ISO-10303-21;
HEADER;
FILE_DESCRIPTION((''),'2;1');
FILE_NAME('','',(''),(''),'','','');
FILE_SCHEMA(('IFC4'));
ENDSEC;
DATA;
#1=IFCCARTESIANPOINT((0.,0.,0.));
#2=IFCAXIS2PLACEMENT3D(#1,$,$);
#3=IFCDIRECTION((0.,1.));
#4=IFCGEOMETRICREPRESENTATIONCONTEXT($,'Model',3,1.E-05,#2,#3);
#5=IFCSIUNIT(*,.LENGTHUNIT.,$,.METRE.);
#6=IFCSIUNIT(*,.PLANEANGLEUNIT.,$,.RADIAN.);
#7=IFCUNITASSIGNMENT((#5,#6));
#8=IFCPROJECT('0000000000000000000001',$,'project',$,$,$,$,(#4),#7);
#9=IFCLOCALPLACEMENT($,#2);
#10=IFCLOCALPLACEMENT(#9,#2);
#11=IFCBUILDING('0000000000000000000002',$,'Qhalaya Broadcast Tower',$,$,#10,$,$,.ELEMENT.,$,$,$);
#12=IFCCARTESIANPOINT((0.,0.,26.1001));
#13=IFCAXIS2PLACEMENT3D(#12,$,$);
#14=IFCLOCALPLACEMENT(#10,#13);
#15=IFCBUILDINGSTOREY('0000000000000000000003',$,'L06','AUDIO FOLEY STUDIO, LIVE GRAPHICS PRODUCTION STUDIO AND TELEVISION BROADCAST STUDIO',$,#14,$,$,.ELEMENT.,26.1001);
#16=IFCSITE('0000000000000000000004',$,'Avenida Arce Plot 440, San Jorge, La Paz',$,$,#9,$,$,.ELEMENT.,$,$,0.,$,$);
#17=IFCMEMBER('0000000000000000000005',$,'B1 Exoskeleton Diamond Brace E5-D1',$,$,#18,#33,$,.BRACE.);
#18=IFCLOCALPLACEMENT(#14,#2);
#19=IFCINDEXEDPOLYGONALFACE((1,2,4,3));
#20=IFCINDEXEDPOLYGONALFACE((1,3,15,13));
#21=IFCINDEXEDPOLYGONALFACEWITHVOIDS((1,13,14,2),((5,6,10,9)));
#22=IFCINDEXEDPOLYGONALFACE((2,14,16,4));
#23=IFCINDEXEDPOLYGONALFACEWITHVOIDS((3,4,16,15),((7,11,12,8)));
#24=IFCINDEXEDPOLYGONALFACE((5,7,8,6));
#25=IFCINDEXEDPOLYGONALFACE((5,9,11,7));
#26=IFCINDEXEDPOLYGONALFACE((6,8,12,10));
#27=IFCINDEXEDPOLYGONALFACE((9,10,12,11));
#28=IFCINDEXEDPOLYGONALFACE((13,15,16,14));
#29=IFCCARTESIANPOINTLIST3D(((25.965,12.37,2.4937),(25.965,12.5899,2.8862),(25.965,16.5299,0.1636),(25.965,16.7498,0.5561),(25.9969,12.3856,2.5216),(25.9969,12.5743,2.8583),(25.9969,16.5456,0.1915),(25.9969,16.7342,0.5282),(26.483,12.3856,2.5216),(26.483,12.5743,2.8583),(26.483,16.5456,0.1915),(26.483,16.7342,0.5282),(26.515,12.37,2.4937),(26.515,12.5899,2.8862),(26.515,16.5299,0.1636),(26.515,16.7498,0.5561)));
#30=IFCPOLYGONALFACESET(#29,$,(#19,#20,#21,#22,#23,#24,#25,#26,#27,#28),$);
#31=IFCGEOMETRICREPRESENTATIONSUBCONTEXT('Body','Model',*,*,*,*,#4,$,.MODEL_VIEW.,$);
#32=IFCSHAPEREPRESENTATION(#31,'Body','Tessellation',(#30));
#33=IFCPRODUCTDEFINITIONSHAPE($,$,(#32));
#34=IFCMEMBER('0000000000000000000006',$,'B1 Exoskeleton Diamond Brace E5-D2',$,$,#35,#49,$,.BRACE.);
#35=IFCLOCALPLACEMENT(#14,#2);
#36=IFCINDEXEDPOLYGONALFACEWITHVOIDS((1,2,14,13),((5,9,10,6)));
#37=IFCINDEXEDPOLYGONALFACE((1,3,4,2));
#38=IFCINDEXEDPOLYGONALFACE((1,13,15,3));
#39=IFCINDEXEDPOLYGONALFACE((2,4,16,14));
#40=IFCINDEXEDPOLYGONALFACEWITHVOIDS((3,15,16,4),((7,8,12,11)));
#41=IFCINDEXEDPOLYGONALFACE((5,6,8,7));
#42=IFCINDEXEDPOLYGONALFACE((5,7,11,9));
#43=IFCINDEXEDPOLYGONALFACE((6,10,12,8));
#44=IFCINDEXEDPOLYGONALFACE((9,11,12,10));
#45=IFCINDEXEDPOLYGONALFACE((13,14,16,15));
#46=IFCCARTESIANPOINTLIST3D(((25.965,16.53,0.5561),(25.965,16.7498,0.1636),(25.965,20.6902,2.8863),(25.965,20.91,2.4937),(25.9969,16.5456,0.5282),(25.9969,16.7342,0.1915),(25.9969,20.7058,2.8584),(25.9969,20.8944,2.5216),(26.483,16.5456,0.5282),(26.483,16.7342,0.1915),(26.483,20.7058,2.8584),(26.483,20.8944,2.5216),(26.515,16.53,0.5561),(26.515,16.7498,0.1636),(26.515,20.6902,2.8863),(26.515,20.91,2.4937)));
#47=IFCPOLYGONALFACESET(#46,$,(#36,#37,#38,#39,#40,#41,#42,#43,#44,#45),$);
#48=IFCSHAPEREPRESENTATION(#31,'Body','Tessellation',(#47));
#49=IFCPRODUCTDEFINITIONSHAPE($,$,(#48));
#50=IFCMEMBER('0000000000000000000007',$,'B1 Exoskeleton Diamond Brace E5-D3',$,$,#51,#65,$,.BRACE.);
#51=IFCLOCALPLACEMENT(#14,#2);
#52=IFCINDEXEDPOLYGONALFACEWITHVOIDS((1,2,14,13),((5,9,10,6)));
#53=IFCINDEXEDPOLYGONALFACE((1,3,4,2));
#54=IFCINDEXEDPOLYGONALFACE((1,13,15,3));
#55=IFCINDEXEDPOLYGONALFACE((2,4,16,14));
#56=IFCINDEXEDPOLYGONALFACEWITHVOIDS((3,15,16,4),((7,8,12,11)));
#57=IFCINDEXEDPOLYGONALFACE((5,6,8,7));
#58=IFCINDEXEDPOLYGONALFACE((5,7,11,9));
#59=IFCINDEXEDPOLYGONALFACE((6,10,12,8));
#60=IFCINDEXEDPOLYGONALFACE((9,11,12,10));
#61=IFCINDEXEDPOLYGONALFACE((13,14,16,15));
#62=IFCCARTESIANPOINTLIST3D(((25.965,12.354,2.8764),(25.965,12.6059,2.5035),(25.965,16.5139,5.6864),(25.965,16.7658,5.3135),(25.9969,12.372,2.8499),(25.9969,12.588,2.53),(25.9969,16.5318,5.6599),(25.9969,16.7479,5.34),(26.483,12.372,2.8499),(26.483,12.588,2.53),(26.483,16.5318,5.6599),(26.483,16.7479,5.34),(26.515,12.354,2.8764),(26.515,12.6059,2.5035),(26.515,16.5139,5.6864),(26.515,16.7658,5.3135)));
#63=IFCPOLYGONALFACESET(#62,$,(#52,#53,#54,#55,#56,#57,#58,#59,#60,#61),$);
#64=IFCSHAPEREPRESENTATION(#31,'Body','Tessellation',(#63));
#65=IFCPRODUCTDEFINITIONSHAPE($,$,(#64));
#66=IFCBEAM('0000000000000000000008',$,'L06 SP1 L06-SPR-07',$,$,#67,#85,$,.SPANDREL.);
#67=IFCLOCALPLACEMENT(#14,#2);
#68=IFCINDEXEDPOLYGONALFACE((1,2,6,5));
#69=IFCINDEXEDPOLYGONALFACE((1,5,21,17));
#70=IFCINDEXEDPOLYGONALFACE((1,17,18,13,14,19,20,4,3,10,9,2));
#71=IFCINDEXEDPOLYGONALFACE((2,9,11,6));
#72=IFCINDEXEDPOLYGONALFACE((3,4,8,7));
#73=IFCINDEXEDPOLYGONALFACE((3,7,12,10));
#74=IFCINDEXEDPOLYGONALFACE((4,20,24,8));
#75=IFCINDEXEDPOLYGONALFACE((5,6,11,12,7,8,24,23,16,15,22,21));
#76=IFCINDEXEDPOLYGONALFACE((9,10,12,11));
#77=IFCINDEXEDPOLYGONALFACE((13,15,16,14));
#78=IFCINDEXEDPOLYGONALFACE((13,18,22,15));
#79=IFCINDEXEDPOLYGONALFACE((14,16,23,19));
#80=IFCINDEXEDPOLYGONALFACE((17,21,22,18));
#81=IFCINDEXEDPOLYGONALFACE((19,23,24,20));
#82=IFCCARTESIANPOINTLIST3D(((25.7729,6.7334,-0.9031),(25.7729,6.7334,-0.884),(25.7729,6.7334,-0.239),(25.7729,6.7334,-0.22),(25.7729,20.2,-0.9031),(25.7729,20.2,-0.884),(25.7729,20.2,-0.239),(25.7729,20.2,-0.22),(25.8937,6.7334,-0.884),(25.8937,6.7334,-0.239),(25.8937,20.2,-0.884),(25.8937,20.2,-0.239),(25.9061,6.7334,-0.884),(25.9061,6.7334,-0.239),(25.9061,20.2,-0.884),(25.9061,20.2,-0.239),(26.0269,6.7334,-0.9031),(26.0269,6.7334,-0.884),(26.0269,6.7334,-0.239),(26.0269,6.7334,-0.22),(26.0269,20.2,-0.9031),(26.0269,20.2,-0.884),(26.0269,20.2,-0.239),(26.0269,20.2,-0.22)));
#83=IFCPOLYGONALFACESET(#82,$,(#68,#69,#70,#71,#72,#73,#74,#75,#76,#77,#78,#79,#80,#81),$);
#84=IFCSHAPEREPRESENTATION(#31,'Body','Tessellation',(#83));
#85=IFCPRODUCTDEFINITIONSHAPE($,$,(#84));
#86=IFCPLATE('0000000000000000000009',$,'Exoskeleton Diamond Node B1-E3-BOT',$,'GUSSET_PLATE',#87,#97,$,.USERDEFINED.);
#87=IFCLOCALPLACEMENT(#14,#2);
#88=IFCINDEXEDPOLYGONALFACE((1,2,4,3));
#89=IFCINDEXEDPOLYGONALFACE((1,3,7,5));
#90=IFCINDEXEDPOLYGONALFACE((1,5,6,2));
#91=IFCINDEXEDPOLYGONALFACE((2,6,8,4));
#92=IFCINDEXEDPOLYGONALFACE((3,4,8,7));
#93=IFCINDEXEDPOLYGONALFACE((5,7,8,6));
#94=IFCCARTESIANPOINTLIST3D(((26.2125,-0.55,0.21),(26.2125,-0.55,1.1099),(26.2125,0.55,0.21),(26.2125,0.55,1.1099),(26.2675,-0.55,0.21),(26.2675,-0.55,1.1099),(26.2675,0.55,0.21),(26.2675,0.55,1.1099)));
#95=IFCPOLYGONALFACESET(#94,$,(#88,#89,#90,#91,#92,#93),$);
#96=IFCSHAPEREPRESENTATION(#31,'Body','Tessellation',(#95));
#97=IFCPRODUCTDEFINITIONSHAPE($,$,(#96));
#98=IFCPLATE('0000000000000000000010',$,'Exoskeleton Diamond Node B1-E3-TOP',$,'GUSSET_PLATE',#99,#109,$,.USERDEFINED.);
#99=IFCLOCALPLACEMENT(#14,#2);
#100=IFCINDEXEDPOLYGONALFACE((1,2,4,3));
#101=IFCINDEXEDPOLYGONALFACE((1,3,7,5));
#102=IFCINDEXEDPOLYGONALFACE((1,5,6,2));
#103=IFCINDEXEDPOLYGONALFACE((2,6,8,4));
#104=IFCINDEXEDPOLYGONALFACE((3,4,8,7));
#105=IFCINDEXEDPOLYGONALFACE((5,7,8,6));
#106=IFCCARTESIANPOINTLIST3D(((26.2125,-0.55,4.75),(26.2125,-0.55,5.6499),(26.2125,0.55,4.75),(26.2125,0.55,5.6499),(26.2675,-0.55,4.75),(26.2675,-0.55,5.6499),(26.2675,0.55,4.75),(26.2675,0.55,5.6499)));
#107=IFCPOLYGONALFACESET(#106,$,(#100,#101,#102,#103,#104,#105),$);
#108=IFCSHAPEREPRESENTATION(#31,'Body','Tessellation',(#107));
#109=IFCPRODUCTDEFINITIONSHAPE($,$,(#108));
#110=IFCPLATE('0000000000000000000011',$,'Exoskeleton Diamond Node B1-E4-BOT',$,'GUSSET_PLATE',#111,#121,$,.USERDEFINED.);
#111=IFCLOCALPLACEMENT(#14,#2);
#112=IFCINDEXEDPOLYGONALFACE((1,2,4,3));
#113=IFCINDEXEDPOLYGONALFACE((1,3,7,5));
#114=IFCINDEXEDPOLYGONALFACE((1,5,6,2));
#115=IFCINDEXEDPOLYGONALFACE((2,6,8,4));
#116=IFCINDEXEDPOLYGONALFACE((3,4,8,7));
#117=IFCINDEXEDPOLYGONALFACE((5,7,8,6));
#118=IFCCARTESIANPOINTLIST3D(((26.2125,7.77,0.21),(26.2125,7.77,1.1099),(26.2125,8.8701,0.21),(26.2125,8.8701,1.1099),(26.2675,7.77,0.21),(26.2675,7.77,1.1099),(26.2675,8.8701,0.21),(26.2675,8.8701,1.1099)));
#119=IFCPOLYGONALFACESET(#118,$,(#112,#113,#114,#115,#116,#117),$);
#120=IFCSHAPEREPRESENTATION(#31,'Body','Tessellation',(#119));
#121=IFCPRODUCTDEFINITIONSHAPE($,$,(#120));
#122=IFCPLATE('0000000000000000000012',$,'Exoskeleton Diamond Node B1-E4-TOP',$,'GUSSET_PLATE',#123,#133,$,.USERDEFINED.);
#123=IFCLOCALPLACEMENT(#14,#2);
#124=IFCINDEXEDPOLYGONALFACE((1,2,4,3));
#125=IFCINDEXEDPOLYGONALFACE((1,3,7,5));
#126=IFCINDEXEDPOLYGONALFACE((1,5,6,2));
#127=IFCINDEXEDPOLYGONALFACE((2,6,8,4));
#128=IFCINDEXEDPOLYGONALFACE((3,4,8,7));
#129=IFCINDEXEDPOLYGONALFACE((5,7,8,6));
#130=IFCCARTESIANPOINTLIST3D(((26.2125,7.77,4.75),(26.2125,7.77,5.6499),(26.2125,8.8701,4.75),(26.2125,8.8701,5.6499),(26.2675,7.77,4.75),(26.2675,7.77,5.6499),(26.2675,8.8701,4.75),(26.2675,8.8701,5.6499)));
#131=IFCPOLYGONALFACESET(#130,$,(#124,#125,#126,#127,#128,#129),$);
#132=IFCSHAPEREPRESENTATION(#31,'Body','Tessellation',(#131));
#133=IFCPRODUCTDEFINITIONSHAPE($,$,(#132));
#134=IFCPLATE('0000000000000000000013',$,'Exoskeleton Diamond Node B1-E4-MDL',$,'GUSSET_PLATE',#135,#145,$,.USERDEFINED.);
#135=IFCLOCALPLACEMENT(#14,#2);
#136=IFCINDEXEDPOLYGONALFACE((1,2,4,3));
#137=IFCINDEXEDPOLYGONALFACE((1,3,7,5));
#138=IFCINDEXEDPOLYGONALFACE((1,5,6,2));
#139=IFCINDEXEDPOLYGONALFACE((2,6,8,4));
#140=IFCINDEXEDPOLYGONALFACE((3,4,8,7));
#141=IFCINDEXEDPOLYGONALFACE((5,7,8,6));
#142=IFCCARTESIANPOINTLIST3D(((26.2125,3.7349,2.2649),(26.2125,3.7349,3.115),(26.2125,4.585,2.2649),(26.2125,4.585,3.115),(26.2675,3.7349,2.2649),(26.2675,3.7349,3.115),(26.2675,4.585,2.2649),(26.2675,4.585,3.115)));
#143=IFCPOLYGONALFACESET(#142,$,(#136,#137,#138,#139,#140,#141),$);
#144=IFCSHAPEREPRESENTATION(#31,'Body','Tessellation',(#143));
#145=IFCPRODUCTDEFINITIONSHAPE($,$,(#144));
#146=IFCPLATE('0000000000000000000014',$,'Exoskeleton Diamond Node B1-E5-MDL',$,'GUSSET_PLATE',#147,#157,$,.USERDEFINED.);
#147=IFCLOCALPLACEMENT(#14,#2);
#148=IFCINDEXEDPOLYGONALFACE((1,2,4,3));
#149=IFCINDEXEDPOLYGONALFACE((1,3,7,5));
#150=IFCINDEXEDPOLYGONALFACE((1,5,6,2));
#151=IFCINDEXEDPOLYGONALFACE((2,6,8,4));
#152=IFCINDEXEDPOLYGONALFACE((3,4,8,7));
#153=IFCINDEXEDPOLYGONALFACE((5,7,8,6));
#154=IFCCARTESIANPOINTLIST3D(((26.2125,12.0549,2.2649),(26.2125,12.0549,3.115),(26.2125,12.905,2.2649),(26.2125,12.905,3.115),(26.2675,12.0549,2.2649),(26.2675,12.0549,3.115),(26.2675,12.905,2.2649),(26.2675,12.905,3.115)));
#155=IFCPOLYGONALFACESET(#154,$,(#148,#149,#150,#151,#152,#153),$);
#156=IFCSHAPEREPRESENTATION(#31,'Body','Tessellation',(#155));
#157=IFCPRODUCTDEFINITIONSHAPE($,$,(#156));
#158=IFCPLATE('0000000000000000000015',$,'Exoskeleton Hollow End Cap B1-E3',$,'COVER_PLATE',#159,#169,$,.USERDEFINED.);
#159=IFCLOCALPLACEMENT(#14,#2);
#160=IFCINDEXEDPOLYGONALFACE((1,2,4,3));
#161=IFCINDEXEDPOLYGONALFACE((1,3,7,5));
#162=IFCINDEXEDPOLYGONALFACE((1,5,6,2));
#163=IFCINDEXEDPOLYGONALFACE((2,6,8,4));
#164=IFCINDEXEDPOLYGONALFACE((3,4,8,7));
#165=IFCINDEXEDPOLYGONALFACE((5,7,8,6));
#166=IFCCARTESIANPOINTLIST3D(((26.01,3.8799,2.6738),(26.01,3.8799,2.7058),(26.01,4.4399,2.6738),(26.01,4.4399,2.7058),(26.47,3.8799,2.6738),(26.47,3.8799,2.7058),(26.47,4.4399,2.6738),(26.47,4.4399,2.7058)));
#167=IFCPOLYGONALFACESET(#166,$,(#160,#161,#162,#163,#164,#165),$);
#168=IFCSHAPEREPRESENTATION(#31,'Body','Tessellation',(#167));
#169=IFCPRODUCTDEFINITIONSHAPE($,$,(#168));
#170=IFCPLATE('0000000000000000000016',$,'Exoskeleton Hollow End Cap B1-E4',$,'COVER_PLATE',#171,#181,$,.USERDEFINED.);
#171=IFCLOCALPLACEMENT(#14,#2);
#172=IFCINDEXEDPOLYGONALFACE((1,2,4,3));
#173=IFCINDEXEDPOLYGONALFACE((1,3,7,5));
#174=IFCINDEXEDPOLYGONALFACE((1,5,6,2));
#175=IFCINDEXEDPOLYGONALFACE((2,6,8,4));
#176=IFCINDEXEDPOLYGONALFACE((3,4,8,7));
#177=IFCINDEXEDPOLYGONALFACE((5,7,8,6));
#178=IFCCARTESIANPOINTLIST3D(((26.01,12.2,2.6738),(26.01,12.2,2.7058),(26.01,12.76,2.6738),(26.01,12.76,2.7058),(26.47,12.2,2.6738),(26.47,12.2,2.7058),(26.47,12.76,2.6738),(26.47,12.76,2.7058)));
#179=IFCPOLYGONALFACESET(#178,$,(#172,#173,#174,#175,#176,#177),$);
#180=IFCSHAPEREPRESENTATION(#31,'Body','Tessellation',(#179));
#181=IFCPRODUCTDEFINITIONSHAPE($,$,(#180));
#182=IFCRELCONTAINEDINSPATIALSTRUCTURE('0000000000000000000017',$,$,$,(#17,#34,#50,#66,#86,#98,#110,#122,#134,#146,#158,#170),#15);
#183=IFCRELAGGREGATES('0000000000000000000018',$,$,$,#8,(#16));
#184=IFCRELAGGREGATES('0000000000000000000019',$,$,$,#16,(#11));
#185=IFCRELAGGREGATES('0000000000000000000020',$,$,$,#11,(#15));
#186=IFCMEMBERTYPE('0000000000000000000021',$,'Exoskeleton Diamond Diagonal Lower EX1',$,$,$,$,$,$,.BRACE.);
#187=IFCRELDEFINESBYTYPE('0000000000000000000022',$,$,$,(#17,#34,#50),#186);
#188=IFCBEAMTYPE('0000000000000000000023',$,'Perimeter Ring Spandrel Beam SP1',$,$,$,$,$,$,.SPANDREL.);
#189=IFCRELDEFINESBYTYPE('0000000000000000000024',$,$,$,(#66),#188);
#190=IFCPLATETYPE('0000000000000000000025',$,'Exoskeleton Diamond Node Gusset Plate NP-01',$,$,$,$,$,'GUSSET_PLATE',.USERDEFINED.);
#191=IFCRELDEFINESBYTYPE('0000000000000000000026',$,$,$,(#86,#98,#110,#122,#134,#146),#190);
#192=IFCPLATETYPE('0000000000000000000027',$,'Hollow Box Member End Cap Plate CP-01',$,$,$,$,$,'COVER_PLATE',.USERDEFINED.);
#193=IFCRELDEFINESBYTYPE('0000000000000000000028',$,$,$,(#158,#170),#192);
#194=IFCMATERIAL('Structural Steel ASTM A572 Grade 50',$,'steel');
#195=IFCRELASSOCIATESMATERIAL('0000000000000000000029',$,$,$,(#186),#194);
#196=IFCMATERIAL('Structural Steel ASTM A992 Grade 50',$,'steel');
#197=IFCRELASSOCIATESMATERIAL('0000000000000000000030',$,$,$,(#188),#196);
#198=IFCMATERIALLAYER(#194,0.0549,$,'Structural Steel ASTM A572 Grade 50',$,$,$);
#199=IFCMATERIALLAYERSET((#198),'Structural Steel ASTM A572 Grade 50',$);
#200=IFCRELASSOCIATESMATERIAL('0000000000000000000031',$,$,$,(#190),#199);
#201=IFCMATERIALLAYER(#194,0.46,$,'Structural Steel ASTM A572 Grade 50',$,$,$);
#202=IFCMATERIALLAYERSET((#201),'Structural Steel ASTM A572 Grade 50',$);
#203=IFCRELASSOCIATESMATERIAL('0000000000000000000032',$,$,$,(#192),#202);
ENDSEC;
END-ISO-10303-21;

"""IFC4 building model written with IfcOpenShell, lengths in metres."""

from ifc_helpers import new_model, si_unit, direction, frame, origin, origin_2d, place, context, subcontext, project, spatial, rectangle, hollow_rectangle, i_section, extrude, material, layer, layer_set, material_profile, profile_set, type_object, element, save


model = new_model("IFC4")

# Units and contexts
model_context = context("Model", 3, precision=1e-05, world=origin(), true_north=direction((0.0, 1.0)))
body_context = subcontext(model_context, "Body", "Model", "MODEL_VIEW")
ifc_project = project(units=[si_unit("LENGTHUNIT", "METRE"), si_unit("PLANEANGLEUNIT", "RADIAN")], contexts=[model_context])

# Site, building, storey
site_placement = place(None, origin())
site = spatial("IfcSite", under=ifc_project, at=site_placement, Name="Avenida Arce Plot 440, San Jorge, La Paz", CompositionType="ELEMENT", RefElevation=0.0)
building_placement = place(site_placement, origin())
building = spatial("IfcBuilding", under=site, at=building_placement, Name="Qhalaya Broadcast Tower", CompositionType="ELEMENT")
storey_placement = place(building_placement, frame((0.0, 0.0, 26.1001)))
storey = spatial("IfcBuildingStorey", under=building, at=storey_placement, Name="L06", Description="AUDIO FOLEY STUDIO, LIVE GRAPHICS PRODUCTION STUDIO AND TELEVISION BROADCAST STUDIO", CompositionType="ELEMENT", Elevation=26.1001)

# Shared definitions
ifc_material_1 = material(Name="Structural Steel ASTM A992 Grade 50", Category="steel")
ifc_material_2 = material(Name="Structural Steel ASTM A572 Grade 50", Category="steel")

# Members
ifc_material_profile_1 = material_profile(ifc_material_2, hollow_rectangle(XDim=0.45, YDim=0.55, WallThickness=0.032, at=origin_2d()), Name="BOX 450x550x32")
ifc_profile_set_1 = profile_set([ifc_material_profile_1], Name="Structural Steel ASTM A572 Grade 50")
member_type = type_object("IfcMemberType", Name="Exoskeleton Diamond Diagonal Lower EX1", PredefinedType="BRACE", material=ifc_profile_set_1)
member_1_placement = place(storey_placement, frame((26.24, 16.6399, 0.3599), z_axis=(0.0, -0.872459, 0.488688), x_axis=(0.0, 0.488688, 0.872459)))
element("IfcMember", 1, at=member_1_placement, inside=storey, type_object=member_type, Name="B1 Exoskeleton Diamond Brace E5-D1", PredefinedType="BRACE", context=body_context, shape_type="SweptSolid", body=[
    extrude(hollow_rectangle(XDim=0.45, YDim=0.55, WallThickness=0.032, at=origin_2d()), origin(), (0.0, 0.0, 1.0), 4.7681),
])
member_2_placement = place(storey_placement, frame((26.24, 16.6399, 0.3599), z_axis=(0.0, 0.872471, 0.488666), x_axis=(0.0, -0.488666, 0.872471)))
element("IfcMember", 2, at=member_2_placement, inside=storey, type_object=member_type, Name="B1 Exoskeleton Diamond Brace E5-D2", PredefinedType="BRACE", context=body_context, shape_type="SweptSolid", body=[
    extrude(hollow_rectangle(XDim=0.45, YDim=0.55, WallThickness=0.032, at=origin_2d()), origin(), (0.0, 0.0, 1.0), 4.7683),
])
member_3_placement = place(storey_placement, frame((26.24, 12.48, 2.6899), z_axis=(0.0, 0.828653, 0.559763), x_axis=(0.0, -0.559763, 0.828653)))
element("IfcMember", 3, at=member_3_placement, inside=storey, type_object=member_type, Name="B1 Exoskeleton Diamond Brace E5-D3", PredefinedType="BRACE", context=body_context, shape_type="SweptSolid", body=[
    extrude(hollow_rectangle(XDim=0.45, YDim=0.55, WallThickness=0.032, at=origin_2d()), origin(), (0.0, 0.0, 1.0), 5.02),
])

# Beam
ifc_material_profile_2 = material_profile(ifc_material_1, i_section(OverallWidth=0.2539, OverallDepth=0.6831, WebThickness=0.0125, FlangeThickness=0.019, at=origin_2d()), Name="W27X94")
ifc_profile_set_2 = profile_set([ifc_material_profile_2], Name="Structural Steel ASTM A992 Grade 50")
beam_type_1 = type_object("IfcBeamType", Name="Perimeter Ring Spandrel Beam SP1", PredefinedType="SPANDREL", material=ifc_profile_set_2)
beam_placement = place(storey_placement, frame((25.8999, 6.7334, -0.5615), z_axis=(0.0, 1.0, 0.0), x_axis=(-1.0, 0.0, 0.0)))
element("IfcBeam", 4, at=beam_placement, inside=storey, type_object=beam_type_1, Name="L06 SP1 L06-SPR-07", PredefinedType="SPANDREL", context=body_context, shape_type="SweptSolid", body=[
    extrude(i_section(OverallWidth=0.2539, OverallDepth=0.6831, WebThickness=0.0125, FlangeThickness=0.019, at=origin_2d()), origin(), (0.0, 0.0, 1.0), 13.4666),
])

# Plates
ifc_layer_1 = layer(ifc_material_2, 0.0549, Name="Structural Steel ASTM A572 Grade 50")
ifc_layer_set_1 = layer_set([ifc_layer_1], Name="Structural Steel ASTM A572 Grade 50")
plate_type_1 = type_object("IfcPlateType", Name="Exoskeleton Diamond Node Gusset Plate NP-01", ElementType="GUSSET_PLATE", PredefinedType="USERDEFINED", material=ifc_layer_set_1)
for number, where, z_axis, x_axis, name in (
    (5, (26.24, 0.0, 0.21), (0.0, 0.0, 1.0), (0.0, 1.0, 0.0), "Exoskeleton Diamond Node B1-E3-BOT"),
    (6, (26.24, 0.0, 4.75), (0.0, 0.0, 1.0), (0.0, 1.0, 0.0), "Exoskeleton Diamond Node B1-E3-TOP"),
    (7, (26.24, 8.3201, 0.21), (0.0, 0.0, 1.0), (0.0, 1.0, 0.0), "Exoskeleton Diamond Node B1-E4-BOT"),
    (8, (26.24, 8.3201, 4.75), (0.0, 0.0, 1.0), (0.0, 1.0, 0.0), "Exoskeleton Diamond Node B1-E4-TOP"),
):
    element("IfcPlate", number, at=place(storey_placement, frame(where, z_axis=z_axis, x_axis=x_axis)), inside=storey, type_object=plate_type_1, Name=name, ObjectType="GUSSET_PLATE", PredefinedType="USERDEFINED", context=body_context, shape_type="SweptSolid", body=[
        extrude(rectangle(XDim=1.1001, YDim=0.0549, at=origin_2d()), origin(), (0.0, 0.0, 1.0), 0.8999),
    ])
for number, where, z_axis, x_axis, name in (
    (9, (26.24, 4.1599, 2.2649), (0.0, 0.0, 1.0), (0.0, 1.0, 0.0), "Exoskeleton Diamond Node B1-E4-MDL"),
    (10, (26.24, 12.48, 2.2649), (0.0, 0.0, 1.0), (0.0, 1.0, 0.0), "Exoskeleton Diamond Node B1-E5-MDL"),
):
    element("IfcPlate", number, at=place(storey_placement, frame(where, z_axis=z_axis, x_axis=x_axis)), inside=storey, type_object=plate_type_1, Name=name, ObjectType="GUSSET_PLATE", PredefinedType="USERDEFINED", context=body_context, shape_type="SweptSolid", body=[
        extrude(rectangle(XDim=0.8501, YDim=0.0549, at=origin_2d()), origin(), (0.0, 0.0, 1.0), 0.8501),
    ])
ifc_layer_2 = layer(ifc_material_2, 0.46, Name="Structural Steel ASTM A572 Grade 50")
ifc_layer_set_2 = layer_set([ifc_layer_2], Name="Structural Steel ASTM A572 Grade 50")
plate_type_2 = type_object("IfcPlateType", Name="Hollow Box Member End Cap Plate CP-01", ElementType="COVER_PLATE", PredefinedType="USERDEFINED", material=ifc_layer_set_2)
for number, where, z_axis, x_axis, name in (
    (11, (26.24, 4.1599, 2.6738), (0.0, 0.0, 1.0), (0.0, 1.0, 0.0), "Exoskeleton Hollow End Cap B1-E3"),
    (12, (26.24, 12.48, 2.6738), (0.0, 0.0, 1.0), (0.0, 1.0, 0.0), "Exoskeleton Hollow End Cap B1-E4"),
):
    element("IfcPlate", number, at=place(storey_placement, frame(where, z_axis=z_axis, x_axis=x_axis)), inside=storey, type_object=plate_type_2, Name=name, ObjectType="COVER_PLATE", PredefinedType="USERDEFINED", context=body_context, shape_type="SweptSolid", body=[
        extrude(rectangle(XDim=0.5601, YDim=0.46, at=origin_2d()), origin(), (0.0, 0.0, 1.0), 0.032),
    ])

save(model, "model.ifc")
